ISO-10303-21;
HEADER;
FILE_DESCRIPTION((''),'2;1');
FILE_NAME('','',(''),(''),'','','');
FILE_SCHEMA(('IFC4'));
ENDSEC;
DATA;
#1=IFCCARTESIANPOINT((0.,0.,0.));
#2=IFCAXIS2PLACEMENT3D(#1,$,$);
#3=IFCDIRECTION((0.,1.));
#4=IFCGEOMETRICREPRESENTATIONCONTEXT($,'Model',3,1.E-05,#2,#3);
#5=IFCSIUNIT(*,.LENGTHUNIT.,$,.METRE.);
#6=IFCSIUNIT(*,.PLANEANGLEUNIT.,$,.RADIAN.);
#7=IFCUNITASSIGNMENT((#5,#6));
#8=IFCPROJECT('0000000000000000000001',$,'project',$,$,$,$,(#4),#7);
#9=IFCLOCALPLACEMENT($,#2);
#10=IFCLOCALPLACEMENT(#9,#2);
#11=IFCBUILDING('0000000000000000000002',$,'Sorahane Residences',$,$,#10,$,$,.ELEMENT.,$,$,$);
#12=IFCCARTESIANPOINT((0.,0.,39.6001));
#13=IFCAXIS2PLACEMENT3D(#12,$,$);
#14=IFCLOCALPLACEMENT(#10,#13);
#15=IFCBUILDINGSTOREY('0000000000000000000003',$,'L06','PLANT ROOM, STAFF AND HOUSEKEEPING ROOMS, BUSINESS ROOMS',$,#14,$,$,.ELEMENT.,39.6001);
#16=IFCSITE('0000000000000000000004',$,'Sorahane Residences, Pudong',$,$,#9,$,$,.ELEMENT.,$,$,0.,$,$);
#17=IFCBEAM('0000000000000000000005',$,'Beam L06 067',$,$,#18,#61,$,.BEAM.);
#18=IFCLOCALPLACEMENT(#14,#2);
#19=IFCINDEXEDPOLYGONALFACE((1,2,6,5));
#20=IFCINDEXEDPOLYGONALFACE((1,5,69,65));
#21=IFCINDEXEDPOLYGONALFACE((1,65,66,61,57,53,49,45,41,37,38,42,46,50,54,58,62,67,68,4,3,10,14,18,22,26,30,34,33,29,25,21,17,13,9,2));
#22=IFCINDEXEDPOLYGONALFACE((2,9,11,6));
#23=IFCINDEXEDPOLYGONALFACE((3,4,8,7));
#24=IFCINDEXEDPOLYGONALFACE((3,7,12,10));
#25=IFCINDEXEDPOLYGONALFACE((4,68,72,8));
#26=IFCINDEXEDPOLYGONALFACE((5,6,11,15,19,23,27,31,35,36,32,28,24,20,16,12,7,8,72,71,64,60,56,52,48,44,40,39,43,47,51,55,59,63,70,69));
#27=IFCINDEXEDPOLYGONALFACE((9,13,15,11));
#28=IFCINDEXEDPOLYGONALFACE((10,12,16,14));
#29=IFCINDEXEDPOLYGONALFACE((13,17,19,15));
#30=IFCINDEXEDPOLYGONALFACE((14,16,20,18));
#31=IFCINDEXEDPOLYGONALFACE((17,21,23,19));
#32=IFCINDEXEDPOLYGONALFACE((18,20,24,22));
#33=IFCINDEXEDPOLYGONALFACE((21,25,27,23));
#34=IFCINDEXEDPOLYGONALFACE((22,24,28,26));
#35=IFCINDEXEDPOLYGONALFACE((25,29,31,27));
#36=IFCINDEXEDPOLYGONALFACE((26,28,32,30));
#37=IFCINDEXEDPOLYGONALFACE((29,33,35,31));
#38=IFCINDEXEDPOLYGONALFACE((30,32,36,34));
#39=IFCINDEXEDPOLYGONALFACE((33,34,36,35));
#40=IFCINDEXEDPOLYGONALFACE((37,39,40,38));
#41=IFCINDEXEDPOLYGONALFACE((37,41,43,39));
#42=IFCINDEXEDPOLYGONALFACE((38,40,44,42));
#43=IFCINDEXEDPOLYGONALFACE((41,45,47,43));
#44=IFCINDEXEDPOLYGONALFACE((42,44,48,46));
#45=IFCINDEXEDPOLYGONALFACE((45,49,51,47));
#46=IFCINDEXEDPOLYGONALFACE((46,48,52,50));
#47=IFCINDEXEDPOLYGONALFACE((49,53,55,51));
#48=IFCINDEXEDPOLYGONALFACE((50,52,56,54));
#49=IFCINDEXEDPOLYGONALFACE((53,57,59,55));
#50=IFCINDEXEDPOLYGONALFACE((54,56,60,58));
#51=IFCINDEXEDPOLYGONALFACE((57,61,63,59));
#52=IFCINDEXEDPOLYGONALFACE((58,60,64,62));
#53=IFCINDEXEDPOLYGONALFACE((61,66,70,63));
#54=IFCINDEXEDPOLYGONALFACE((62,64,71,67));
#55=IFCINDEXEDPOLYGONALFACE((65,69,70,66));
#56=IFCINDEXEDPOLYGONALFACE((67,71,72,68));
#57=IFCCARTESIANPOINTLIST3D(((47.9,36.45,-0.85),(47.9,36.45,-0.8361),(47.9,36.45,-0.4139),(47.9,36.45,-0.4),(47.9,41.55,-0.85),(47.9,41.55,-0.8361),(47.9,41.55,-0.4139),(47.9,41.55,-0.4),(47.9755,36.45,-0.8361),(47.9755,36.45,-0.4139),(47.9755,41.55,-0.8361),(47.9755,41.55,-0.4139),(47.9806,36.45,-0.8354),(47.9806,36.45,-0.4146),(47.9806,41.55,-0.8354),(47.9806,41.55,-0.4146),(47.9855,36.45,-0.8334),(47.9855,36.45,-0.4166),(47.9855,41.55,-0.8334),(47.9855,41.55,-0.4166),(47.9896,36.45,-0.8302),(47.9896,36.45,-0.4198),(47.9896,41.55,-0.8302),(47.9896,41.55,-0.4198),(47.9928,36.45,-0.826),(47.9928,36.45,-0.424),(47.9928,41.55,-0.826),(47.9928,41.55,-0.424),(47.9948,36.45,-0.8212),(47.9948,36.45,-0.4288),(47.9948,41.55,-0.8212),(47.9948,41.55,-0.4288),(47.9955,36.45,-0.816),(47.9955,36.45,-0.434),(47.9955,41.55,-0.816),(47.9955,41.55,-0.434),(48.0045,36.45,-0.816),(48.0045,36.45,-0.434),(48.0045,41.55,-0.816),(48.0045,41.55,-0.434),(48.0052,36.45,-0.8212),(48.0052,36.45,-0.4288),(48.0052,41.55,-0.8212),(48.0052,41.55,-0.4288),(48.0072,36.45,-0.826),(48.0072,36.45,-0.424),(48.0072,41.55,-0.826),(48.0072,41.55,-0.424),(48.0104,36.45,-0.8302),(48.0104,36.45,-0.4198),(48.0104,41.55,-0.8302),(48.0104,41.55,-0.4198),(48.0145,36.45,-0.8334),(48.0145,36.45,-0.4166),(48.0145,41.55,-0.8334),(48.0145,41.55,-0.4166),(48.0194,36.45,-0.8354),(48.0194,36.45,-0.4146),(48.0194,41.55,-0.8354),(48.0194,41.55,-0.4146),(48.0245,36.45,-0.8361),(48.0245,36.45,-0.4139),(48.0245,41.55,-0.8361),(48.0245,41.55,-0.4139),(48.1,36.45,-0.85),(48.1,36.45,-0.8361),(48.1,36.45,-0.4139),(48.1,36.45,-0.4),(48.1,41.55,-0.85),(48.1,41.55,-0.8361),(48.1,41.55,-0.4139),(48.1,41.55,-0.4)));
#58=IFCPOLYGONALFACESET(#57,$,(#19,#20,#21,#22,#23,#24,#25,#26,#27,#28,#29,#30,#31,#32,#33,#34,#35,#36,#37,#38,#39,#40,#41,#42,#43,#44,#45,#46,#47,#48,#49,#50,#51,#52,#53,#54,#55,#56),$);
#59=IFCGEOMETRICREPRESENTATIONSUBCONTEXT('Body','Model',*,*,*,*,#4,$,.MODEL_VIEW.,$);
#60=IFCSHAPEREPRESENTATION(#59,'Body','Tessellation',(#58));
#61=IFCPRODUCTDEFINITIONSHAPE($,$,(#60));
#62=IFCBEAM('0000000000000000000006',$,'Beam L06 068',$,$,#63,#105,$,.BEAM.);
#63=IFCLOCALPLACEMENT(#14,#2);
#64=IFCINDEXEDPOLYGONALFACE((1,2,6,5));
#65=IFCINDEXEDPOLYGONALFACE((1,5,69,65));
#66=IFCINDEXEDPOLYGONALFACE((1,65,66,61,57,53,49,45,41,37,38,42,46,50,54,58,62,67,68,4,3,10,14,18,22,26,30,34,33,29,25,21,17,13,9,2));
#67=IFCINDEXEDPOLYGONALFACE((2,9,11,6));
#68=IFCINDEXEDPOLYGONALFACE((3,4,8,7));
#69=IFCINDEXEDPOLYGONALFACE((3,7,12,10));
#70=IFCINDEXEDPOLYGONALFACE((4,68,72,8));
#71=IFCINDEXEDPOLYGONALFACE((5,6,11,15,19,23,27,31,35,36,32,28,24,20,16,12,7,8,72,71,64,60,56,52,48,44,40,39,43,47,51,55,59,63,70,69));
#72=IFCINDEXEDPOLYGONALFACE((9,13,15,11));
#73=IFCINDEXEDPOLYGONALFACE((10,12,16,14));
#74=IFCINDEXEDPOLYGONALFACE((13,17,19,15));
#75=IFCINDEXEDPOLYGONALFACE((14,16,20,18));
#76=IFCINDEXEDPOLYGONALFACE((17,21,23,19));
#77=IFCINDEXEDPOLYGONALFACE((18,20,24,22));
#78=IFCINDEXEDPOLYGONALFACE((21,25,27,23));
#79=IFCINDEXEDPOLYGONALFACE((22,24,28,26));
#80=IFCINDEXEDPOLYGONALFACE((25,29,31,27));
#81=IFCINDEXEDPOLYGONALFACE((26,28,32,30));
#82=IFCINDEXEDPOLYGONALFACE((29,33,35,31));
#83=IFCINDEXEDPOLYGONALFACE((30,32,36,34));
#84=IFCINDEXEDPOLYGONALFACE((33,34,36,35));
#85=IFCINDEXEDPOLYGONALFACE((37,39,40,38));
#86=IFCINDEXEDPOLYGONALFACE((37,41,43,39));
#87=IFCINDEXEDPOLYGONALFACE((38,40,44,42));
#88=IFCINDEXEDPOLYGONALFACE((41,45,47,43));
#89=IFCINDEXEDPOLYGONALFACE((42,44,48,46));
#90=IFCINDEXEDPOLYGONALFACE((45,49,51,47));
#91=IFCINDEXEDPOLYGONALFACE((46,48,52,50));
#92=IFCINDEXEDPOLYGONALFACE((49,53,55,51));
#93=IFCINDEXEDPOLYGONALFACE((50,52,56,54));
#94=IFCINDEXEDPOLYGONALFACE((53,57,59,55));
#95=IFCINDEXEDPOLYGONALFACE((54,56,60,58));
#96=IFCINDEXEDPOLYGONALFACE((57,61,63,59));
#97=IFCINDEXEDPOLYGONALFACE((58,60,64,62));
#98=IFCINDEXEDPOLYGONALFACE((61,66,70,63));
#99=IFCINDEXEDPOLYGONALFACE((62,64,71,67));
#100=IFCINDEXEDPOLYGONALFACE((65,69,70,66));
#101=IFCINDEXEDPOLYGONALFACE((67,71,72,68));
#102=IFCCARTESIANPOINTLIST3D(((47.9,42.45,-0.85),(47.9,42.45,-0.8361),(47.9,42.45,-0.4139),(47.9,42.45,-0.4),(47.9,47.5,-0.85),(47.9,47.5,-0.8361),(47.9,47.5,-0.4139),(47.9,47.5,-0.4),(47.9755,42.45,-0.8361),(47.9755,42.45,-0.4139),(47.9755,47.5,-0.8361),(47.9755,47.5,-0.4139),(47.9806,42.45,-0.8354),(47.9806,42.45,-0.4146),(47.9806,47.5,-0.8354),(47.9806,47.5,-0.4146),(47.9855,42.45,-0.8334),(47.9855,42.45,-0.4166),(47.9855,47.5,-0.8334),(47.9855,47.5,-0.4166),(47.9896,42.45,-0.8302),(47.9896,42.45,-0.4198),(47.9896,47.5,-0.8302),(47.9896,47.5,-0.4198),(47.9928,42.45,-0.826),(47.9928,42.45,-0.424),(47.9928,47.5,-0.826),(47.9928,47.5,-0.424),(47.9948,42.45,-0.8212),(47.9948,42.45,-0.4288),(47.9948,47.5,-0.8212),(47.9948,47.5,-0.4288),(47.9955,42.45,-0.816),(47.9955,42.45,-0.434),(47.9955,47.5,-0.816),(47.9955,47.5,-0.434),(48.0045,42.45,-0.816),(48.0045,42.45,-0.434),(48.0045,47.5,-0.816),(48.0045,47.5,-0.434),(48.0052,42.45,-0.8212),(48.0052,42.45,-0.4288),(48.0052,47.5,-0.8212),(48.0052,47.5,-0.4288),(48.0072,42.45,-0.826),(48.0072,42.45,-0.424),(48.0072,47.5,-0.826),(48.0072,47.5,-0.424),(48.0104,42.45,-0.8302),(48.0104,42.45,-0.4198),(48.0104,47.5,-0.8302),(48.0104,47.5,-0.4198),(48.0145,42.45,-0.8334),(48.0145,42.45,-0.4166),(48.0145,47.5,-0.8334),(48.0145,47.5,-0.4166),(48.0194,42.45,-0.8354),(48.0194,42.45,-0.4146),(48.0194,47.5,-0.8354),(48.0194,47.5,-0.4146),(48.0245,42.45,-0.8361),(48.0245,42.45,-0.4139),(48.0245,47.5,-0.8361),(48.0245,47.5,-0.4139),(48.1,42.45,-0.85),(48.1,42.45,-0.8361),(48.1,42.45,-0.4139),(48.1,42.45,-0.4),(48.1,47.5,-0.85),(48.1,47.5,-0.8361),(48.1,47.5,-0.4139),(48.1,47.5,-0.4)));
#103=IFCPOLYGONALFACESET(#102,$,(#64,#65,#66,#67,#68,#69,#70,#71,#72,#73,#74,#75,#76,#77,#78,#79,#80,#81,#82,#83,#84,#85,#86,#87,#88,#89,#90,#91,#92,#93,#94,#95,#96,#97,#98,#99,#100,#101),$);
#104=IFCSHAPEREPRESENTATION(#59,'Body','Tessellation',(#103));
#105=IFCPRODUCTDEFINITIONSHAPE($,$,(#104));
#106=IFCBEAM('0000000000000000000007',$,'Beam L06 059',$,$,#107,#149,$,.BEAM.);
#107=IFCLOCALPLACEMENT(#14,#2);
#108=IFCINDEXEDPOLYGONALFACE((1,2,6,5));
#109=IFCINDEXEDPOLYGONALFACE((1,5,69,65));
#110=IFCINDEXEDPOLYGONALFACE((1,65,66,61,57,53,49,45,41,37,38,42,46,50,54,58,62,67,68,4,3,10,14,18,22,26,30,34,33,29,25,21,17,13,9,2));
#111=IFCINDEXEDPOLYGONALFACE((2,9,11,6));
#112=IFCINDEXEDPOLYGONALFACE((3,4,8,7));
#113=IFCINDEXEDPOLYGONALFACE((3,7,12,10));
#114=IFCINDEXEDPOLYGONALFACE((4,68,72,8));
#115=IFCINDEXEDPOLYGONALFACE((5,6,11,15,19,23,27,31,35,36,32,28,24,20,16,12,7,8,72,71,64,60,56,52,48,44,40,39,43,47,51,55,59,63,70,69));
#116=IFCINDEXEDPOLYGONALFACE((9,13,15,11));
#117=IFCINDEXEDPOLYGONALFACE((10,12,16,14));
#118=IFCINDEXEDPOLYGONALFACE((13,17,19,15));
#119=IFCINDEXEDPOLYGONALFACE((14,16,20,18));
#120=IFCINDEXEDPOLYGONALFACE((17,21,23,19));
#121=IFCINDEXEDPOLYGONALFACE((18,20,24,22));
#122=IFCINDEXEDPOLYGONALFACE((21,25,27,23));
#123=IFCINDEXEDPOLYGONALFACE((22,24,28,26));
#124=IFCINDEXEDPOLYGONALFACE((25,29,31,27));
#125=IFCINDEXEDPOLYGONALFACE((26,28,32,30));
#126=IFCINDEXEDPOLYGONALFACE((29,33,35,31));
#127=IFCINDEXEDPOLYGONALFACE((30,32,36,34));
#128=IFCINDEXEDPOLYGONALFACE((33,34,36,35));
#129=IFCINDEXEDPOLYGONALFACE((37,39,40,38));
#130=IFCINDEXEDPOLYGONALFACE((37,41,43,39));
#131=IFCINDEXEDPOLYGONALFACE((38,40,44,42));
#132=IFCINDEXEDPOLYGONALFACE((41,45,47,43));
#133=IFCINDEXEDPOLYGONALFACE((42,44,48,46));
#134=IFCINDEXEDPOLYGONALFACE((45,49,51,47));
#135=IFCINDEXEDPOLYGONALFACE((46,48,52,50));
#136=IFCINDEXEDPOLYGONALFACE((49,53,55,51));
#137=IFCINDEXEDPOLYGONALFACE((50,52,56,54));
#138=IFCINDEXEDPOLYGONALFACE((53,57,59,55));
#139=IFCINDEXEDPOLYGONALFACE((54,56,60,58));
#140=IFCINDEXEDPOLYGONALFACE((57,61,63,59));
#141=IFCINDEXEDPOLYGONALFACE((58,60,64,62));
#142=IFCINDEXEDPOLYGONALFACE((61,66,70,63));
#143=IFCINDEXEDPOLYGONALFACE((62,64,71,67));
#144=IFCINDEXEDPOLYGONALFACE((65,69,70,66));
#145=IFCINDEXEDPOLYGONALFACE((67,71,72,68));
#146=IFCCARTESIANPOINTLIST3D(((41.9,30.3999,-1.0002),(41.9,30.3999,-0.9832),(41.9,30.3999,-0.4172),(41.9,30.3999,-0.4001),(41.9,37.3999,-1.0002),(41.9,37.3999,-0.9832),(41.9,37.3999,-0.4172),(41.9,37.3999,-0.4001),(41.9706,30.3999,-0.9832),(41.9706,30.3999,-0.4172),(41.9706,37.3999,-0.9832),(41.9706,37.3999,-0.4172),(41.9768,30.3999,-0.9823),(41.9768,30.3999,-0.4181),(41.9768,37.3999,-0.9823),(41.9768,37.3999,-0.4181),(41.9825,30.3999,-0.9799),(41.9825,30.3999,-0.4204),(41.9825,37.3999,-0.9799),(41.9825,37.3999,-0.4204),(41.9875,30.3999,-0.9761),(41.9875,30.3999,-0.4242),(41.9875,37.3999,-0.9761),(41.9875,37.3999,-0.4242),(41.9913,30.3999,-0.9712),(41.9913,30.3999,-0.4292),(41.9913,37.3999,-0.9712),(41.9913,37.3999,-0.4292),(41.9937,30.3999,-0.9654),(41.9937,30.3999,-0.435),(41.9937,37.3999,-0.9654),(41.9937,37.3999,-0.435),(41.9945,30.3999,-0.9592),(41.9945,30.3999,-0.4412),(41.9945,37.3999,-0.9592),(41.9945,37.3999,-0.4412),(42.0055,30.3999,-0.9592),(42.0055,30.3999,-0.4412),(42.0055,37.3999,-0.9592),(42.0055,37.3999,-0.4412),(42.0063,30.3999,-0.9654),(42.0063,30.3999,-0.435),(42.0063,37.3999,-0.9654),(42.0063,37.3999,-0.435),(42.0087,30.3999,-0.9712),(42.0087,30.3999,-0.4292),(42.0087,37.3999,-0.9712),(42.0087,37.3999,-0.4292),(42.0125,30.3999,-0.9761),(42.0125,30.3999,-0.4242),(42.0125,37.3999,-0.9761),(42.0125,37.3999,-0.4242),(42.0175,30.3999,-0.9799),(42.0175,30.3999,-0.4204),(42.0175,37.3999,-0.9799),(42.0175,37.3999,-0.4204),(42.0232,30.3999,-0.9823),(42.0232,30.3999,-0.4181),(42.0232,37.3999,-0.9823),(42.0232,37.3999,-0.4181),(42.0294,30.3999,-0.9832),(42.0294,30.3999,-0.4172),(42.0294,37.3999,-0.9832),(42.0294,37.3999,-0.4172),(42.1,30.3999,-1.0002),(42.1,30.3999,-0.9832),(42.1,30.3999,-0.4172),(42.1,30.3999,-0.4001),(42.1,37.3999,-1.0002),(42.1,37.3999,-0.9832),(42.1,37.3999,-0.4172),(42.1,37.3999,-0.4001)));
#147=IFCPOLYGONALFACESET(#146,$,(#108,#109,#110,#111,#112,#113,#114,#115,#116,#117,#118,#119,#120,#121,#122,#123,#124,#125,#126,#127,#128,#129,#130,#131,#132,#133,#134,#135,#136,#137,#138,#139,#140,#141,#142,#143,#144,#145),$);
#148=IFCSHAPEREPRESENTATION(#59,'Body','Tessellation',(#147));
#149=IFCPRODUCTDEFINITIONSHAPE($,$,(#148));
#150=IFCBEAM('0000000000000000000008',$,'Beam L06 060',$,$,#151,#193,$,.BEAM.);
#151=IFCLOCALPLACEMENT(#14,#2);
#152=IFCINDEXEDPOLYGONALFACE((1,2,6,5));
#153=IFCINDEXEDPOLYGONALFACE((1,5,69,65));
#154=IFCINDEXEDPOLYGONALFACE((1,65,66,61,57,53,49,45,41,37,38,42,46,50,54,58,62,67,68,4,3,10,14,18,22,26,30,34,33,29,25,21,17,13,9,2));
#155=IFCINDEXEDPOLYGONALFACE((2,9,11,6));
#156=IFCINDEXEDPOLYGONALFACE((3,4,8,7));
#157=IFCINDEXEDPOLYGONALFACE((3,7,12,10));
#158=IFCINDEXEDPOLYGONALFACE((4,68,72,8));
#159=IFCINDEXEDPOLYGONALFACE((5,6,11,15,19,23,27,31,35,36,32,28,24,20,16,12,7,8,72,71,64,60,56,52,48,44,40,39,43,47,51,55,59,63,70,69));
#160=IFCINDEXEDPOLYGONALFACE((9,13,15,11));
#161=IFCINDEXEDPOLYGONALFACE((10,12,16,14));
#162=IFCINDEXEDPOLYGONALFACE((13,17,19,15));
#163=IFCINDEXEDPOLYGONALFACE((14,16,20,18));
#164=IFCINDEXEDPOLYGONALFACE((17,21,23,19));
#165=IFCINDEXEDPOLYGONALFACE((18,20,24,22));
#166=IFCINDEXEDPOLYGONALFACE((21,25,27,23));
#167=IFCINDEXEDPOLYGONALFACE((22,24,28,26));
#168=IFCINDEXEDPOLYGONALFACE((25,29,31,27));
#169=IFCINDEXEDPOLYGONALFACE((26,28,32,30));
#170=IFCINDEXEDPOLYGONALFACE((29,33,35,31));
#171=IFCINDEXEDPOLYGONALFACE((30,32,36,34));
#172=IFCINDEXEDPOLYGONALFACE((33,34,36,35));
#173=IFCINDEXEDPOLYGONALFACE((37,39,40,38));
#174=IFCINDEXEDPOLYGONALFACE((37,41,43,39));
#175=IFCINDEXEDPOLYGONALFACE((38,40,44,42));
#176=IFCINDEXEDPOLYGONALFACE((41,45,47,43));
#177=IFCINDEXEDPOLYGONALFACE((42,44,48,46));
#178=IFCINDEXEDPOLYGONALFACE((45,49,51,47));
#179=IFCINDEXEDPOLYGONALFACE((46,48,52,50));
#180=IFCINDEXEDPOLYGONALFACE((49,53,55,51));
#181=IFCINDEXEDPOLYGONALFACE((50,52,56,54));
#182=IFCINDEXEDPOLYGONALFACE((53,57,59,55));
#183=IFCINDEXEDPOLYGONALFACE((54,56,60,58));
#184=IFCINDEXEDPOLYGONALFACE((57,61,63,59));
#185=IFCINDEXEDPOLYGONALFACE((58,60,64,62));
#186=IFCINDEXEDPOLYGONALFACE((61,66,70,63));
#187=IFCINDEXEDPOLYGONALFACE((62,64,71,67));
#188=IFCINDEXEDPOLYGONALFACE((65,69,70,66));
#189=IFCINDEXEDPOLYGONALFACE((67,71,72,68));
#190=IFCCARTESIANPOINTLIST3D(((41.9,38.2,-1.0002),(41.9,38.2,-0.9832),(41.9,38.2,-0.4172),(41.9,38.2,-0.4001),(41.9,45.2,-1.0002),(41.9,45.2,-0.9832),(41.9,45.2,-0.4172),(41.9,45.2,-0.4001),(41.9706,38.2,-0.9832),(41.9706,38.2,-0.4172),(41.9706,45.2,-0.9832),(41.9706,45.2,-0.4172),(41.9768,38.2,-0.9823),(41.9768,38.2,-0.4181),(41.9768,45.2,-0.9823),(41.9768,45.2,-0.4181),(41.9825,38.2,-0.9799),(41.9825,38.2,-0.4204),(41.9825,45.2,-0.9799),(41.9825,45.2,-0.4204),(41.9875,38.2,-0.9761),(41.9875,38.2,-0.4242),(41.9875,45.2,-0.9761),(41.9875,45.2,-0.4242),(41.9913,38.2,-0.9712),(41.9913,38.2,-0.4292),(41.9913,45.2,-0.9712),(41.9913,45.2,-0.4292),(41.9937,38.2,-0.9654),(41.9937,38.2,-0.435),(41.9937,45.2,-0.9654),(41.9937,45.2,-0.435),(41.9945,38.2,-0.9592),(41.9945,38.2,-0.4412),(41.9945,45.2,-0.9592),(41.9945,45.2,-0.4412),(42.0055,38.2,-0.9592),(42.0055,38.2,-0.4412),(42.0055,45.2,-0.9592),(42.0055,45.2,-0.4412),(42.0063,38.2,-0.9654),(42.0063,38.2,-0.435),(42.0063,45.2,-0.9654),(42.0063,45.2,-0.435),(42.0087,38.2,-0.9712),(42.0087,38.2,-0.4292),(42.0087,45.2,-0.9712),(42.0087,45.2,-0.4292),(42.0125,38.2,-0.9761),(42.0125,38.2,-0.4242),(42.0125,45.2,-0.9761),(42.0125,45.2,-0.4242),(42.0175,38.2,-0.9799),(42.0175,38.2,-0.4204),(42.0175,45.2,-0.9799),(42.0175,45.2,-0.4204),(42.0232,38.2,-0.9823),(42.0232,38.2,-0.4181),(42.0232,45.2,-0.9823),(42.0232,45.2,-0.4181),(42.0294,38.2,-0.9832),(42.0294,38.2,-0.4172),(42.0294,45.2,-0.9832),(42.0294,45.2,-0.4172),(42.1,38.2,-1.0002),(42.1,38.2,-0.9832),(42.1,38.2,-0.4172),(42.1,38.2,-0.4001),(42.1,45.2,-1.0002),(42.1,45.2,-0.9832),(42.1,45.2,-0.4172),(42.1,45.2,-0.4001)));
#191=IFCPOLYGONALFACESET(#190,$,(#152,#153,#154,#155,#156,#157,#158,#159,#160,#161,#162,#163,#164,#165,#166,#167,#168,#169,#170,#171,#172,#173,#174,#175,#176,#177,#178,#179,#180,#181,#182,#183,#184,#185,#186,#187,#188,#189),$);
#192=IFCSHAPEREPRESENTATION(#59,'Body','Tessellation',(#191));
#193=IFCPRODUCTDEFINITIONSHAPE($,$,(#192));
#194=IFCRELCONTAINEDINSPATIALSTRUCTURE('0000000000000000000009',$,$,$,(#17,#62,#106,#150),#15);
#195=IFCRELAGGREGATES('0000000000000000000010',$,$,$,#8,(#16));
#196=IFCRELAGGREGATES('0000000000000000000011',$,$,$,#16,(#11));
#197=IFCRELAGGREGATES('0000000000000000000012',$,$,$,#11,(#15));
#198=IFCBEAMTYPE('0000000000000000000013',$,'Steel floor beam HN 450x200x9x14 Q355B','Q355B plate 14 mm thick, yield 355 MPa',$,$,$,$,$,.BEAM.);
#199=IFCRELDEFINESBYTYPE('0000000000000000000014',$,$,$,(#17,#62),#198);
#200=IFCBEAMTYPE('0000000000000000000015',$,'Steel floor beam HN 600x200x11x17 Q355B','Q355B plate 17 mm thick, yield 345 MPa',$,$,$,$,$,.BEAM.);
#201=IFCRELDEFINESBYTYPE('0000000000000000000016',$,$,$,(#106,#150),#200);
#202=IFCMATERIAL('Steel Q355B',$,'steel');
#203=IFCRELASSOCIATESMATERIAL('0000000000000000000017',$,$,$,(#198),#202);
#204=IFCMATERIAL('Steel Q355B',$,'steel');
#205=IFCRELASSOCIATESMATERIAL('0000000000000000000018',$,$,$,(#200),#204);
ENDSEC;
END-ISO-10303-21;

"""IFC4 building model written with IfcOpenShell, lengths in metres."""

from ifc_helpers import new_model, si_unit, direction, frame, origin, origin_2d, place, context, subcontext, project, spatial, i_section, extrude, material, material_profile, profile_set, type_object, element, save


model = new_model("IFC4")

# Units and contexts
model_context = context("Model", 3, precision=1e-05, world=origin(), true_north=direction((0.0, 1.0)))
body_context = subcontext(model_context, "Body", "Model", "MODEL_VIEW")
ifc_project = project(units=[si_unit("LENGTHUNIT", "METRE"), si_unit("PLANEANGLEUNIT", "RADIAN")], contexts=[model_context])

# Site, building, storey
site_placement = place(None, origin())
site = spatial("IfcSite", under=ifc_project, at=site_placement, Name="Sorahane Residences, Pudong", CompositionType="ELEMENT", RefElevation=0.0)
building_placement = place(site_placement, origin())
building = spatial("IfcBuilding", under=site, at=building_placement, Name="Sorahane Residences", CompositionType="ELEMENT")
storey_placement = place(building_placement, frame((0.0, 0.0, 39.6001)))
storey = spatial("IfcBuildingStorey", under=building, at=storey_placement, Name="L06", Description="PLANT ROOM, STAFF AND HOUSEKEEPING ROOMS, BUSINESS ROOMS", CompositionType="ELEMENT", Elevation=39.6001)

# Beams
ifc_material_1 = material(Name="Steel Q355B", Category="steel")
ifc_material_profile_1 = material_profile(ifc_material_1, i_section(OverallWidth=0.2, OverallDepth=0.45, WebThickness=0.009, FlangeThickness=0.0139, FilletRadius=0.02, at=origin_2d()), Name="HN 450x200x9x14")
ifc_profile_set_1 = profile_set([ifc_material_profile_1], Name="Steel Q355B")
beam_type_1 = type_object("IfcBeamType", Name="Steel floor beam HN 450x200x9x14 Q355B", Description="Q355B plate 14 mm thick, yield 355 MPa", PredefinedType="BEAM", material=ifc_profile_set_1)
for number, where, z_axis, x_axis, name in (
    (1, (48.0, 36.45, -0.625), (0.0, 1.0, 0.0), (-1.0, 0.0, 0.0), "Beam L06 067"),
):
    element("IfcBeam", number, at=place(storey_placement, frame(where, z_axis=z_axis, x_axis=x_axis)), inside=storey, type_object=beam_type_1, Name=name, PredefinedType="BEAM", context=body_context, shape_type="SweptSolid", body=[
        extrude(i_section(OverallWidth=0.2, OverallDepth=0.45, WebThickness=0.009, FlangeThickness=0.0139, FilletRadius=0.02, at=origin_2d()), origin(), (0.0, 0.0, 1.0), 5.1001),
    ])
beam_1_placement = place(storey_placement, frame((48.0, 42.45, -0.625), z_axis=(0.0, 1.0, 0.0), x_axis=(-1.0, 0.0, 0.0)))
element("IfcBeam", 2, at=beam_1_placement, inside=storey, type_object=beam_type_1, Name="Beam L06 068", PredefinedType="BEAM", context=body_context, shape_type="SweptSolid", body=[
    extrude(i_section(OverallWidth=0.2, OverallDepth=0.45, WebThickness=0.009, FlangeThickness=0.0139, FilletRadius=0.02, at=origin_2d()), origin(), (0.0, 0.0, 1.0), 5.05),
])
ifc_material_2 = material(Name="Steel Q355B", Category="steel")
ifc_material_profile_2 = material_profile(ifc_material_2, i_section(OverallWidth=0.2, OverallDepth=0.6001, WebThickness=0.011, FlangeThickness=0.0171, FilletRadius=0.0239, at=origin_2d()), Name="HN 600x200x11x17")
ifc_profile_set_2 = profile_set([ifc_material_profile_2], Name="Steel Q355B")
beam_type_2 = type_object("IfcBeamType", Name="Steel floor beam HN 600x200x11x17 Q355B", Description="Q355B plate 17 mm thick, yield 345 MPa", PredefinedType="BEAM", material=ifc_profile_set_2)
for number, where, z_axis, x_axis, name in (
    (3, (42.0, 30.3999, -0.7002), (0.0, 1.0, 0.0), (-1.0, 0.0, 0.0), "Beam L06 059"),
    (4, (42.0, 38.2, -0.7002), (0.0, 1.0, 0.0), (-1.0, 0.0, 0.0), "Beam L06 060"),
):
    element("IfcBeam", number, at=place(storey_placement, frame(where, z_axis=z_axis, x_axis=x_axis)), inside=storey, type_object=beam_type_2, Name=name, PredefinedType="BEAM", context=body_context, shape_type="SweptSolid", body=[
        extrude(i_section(OverallWidth=0.2, OverallDepth=0.6001, WebThickness=0.011, FlangeThickness=0.0171, FilletRadius=0.0239, at=origin_2d()), origin(), (0.0, 0.0, 1.0), 7.0),
    ])

save(model, "model.ifc")
